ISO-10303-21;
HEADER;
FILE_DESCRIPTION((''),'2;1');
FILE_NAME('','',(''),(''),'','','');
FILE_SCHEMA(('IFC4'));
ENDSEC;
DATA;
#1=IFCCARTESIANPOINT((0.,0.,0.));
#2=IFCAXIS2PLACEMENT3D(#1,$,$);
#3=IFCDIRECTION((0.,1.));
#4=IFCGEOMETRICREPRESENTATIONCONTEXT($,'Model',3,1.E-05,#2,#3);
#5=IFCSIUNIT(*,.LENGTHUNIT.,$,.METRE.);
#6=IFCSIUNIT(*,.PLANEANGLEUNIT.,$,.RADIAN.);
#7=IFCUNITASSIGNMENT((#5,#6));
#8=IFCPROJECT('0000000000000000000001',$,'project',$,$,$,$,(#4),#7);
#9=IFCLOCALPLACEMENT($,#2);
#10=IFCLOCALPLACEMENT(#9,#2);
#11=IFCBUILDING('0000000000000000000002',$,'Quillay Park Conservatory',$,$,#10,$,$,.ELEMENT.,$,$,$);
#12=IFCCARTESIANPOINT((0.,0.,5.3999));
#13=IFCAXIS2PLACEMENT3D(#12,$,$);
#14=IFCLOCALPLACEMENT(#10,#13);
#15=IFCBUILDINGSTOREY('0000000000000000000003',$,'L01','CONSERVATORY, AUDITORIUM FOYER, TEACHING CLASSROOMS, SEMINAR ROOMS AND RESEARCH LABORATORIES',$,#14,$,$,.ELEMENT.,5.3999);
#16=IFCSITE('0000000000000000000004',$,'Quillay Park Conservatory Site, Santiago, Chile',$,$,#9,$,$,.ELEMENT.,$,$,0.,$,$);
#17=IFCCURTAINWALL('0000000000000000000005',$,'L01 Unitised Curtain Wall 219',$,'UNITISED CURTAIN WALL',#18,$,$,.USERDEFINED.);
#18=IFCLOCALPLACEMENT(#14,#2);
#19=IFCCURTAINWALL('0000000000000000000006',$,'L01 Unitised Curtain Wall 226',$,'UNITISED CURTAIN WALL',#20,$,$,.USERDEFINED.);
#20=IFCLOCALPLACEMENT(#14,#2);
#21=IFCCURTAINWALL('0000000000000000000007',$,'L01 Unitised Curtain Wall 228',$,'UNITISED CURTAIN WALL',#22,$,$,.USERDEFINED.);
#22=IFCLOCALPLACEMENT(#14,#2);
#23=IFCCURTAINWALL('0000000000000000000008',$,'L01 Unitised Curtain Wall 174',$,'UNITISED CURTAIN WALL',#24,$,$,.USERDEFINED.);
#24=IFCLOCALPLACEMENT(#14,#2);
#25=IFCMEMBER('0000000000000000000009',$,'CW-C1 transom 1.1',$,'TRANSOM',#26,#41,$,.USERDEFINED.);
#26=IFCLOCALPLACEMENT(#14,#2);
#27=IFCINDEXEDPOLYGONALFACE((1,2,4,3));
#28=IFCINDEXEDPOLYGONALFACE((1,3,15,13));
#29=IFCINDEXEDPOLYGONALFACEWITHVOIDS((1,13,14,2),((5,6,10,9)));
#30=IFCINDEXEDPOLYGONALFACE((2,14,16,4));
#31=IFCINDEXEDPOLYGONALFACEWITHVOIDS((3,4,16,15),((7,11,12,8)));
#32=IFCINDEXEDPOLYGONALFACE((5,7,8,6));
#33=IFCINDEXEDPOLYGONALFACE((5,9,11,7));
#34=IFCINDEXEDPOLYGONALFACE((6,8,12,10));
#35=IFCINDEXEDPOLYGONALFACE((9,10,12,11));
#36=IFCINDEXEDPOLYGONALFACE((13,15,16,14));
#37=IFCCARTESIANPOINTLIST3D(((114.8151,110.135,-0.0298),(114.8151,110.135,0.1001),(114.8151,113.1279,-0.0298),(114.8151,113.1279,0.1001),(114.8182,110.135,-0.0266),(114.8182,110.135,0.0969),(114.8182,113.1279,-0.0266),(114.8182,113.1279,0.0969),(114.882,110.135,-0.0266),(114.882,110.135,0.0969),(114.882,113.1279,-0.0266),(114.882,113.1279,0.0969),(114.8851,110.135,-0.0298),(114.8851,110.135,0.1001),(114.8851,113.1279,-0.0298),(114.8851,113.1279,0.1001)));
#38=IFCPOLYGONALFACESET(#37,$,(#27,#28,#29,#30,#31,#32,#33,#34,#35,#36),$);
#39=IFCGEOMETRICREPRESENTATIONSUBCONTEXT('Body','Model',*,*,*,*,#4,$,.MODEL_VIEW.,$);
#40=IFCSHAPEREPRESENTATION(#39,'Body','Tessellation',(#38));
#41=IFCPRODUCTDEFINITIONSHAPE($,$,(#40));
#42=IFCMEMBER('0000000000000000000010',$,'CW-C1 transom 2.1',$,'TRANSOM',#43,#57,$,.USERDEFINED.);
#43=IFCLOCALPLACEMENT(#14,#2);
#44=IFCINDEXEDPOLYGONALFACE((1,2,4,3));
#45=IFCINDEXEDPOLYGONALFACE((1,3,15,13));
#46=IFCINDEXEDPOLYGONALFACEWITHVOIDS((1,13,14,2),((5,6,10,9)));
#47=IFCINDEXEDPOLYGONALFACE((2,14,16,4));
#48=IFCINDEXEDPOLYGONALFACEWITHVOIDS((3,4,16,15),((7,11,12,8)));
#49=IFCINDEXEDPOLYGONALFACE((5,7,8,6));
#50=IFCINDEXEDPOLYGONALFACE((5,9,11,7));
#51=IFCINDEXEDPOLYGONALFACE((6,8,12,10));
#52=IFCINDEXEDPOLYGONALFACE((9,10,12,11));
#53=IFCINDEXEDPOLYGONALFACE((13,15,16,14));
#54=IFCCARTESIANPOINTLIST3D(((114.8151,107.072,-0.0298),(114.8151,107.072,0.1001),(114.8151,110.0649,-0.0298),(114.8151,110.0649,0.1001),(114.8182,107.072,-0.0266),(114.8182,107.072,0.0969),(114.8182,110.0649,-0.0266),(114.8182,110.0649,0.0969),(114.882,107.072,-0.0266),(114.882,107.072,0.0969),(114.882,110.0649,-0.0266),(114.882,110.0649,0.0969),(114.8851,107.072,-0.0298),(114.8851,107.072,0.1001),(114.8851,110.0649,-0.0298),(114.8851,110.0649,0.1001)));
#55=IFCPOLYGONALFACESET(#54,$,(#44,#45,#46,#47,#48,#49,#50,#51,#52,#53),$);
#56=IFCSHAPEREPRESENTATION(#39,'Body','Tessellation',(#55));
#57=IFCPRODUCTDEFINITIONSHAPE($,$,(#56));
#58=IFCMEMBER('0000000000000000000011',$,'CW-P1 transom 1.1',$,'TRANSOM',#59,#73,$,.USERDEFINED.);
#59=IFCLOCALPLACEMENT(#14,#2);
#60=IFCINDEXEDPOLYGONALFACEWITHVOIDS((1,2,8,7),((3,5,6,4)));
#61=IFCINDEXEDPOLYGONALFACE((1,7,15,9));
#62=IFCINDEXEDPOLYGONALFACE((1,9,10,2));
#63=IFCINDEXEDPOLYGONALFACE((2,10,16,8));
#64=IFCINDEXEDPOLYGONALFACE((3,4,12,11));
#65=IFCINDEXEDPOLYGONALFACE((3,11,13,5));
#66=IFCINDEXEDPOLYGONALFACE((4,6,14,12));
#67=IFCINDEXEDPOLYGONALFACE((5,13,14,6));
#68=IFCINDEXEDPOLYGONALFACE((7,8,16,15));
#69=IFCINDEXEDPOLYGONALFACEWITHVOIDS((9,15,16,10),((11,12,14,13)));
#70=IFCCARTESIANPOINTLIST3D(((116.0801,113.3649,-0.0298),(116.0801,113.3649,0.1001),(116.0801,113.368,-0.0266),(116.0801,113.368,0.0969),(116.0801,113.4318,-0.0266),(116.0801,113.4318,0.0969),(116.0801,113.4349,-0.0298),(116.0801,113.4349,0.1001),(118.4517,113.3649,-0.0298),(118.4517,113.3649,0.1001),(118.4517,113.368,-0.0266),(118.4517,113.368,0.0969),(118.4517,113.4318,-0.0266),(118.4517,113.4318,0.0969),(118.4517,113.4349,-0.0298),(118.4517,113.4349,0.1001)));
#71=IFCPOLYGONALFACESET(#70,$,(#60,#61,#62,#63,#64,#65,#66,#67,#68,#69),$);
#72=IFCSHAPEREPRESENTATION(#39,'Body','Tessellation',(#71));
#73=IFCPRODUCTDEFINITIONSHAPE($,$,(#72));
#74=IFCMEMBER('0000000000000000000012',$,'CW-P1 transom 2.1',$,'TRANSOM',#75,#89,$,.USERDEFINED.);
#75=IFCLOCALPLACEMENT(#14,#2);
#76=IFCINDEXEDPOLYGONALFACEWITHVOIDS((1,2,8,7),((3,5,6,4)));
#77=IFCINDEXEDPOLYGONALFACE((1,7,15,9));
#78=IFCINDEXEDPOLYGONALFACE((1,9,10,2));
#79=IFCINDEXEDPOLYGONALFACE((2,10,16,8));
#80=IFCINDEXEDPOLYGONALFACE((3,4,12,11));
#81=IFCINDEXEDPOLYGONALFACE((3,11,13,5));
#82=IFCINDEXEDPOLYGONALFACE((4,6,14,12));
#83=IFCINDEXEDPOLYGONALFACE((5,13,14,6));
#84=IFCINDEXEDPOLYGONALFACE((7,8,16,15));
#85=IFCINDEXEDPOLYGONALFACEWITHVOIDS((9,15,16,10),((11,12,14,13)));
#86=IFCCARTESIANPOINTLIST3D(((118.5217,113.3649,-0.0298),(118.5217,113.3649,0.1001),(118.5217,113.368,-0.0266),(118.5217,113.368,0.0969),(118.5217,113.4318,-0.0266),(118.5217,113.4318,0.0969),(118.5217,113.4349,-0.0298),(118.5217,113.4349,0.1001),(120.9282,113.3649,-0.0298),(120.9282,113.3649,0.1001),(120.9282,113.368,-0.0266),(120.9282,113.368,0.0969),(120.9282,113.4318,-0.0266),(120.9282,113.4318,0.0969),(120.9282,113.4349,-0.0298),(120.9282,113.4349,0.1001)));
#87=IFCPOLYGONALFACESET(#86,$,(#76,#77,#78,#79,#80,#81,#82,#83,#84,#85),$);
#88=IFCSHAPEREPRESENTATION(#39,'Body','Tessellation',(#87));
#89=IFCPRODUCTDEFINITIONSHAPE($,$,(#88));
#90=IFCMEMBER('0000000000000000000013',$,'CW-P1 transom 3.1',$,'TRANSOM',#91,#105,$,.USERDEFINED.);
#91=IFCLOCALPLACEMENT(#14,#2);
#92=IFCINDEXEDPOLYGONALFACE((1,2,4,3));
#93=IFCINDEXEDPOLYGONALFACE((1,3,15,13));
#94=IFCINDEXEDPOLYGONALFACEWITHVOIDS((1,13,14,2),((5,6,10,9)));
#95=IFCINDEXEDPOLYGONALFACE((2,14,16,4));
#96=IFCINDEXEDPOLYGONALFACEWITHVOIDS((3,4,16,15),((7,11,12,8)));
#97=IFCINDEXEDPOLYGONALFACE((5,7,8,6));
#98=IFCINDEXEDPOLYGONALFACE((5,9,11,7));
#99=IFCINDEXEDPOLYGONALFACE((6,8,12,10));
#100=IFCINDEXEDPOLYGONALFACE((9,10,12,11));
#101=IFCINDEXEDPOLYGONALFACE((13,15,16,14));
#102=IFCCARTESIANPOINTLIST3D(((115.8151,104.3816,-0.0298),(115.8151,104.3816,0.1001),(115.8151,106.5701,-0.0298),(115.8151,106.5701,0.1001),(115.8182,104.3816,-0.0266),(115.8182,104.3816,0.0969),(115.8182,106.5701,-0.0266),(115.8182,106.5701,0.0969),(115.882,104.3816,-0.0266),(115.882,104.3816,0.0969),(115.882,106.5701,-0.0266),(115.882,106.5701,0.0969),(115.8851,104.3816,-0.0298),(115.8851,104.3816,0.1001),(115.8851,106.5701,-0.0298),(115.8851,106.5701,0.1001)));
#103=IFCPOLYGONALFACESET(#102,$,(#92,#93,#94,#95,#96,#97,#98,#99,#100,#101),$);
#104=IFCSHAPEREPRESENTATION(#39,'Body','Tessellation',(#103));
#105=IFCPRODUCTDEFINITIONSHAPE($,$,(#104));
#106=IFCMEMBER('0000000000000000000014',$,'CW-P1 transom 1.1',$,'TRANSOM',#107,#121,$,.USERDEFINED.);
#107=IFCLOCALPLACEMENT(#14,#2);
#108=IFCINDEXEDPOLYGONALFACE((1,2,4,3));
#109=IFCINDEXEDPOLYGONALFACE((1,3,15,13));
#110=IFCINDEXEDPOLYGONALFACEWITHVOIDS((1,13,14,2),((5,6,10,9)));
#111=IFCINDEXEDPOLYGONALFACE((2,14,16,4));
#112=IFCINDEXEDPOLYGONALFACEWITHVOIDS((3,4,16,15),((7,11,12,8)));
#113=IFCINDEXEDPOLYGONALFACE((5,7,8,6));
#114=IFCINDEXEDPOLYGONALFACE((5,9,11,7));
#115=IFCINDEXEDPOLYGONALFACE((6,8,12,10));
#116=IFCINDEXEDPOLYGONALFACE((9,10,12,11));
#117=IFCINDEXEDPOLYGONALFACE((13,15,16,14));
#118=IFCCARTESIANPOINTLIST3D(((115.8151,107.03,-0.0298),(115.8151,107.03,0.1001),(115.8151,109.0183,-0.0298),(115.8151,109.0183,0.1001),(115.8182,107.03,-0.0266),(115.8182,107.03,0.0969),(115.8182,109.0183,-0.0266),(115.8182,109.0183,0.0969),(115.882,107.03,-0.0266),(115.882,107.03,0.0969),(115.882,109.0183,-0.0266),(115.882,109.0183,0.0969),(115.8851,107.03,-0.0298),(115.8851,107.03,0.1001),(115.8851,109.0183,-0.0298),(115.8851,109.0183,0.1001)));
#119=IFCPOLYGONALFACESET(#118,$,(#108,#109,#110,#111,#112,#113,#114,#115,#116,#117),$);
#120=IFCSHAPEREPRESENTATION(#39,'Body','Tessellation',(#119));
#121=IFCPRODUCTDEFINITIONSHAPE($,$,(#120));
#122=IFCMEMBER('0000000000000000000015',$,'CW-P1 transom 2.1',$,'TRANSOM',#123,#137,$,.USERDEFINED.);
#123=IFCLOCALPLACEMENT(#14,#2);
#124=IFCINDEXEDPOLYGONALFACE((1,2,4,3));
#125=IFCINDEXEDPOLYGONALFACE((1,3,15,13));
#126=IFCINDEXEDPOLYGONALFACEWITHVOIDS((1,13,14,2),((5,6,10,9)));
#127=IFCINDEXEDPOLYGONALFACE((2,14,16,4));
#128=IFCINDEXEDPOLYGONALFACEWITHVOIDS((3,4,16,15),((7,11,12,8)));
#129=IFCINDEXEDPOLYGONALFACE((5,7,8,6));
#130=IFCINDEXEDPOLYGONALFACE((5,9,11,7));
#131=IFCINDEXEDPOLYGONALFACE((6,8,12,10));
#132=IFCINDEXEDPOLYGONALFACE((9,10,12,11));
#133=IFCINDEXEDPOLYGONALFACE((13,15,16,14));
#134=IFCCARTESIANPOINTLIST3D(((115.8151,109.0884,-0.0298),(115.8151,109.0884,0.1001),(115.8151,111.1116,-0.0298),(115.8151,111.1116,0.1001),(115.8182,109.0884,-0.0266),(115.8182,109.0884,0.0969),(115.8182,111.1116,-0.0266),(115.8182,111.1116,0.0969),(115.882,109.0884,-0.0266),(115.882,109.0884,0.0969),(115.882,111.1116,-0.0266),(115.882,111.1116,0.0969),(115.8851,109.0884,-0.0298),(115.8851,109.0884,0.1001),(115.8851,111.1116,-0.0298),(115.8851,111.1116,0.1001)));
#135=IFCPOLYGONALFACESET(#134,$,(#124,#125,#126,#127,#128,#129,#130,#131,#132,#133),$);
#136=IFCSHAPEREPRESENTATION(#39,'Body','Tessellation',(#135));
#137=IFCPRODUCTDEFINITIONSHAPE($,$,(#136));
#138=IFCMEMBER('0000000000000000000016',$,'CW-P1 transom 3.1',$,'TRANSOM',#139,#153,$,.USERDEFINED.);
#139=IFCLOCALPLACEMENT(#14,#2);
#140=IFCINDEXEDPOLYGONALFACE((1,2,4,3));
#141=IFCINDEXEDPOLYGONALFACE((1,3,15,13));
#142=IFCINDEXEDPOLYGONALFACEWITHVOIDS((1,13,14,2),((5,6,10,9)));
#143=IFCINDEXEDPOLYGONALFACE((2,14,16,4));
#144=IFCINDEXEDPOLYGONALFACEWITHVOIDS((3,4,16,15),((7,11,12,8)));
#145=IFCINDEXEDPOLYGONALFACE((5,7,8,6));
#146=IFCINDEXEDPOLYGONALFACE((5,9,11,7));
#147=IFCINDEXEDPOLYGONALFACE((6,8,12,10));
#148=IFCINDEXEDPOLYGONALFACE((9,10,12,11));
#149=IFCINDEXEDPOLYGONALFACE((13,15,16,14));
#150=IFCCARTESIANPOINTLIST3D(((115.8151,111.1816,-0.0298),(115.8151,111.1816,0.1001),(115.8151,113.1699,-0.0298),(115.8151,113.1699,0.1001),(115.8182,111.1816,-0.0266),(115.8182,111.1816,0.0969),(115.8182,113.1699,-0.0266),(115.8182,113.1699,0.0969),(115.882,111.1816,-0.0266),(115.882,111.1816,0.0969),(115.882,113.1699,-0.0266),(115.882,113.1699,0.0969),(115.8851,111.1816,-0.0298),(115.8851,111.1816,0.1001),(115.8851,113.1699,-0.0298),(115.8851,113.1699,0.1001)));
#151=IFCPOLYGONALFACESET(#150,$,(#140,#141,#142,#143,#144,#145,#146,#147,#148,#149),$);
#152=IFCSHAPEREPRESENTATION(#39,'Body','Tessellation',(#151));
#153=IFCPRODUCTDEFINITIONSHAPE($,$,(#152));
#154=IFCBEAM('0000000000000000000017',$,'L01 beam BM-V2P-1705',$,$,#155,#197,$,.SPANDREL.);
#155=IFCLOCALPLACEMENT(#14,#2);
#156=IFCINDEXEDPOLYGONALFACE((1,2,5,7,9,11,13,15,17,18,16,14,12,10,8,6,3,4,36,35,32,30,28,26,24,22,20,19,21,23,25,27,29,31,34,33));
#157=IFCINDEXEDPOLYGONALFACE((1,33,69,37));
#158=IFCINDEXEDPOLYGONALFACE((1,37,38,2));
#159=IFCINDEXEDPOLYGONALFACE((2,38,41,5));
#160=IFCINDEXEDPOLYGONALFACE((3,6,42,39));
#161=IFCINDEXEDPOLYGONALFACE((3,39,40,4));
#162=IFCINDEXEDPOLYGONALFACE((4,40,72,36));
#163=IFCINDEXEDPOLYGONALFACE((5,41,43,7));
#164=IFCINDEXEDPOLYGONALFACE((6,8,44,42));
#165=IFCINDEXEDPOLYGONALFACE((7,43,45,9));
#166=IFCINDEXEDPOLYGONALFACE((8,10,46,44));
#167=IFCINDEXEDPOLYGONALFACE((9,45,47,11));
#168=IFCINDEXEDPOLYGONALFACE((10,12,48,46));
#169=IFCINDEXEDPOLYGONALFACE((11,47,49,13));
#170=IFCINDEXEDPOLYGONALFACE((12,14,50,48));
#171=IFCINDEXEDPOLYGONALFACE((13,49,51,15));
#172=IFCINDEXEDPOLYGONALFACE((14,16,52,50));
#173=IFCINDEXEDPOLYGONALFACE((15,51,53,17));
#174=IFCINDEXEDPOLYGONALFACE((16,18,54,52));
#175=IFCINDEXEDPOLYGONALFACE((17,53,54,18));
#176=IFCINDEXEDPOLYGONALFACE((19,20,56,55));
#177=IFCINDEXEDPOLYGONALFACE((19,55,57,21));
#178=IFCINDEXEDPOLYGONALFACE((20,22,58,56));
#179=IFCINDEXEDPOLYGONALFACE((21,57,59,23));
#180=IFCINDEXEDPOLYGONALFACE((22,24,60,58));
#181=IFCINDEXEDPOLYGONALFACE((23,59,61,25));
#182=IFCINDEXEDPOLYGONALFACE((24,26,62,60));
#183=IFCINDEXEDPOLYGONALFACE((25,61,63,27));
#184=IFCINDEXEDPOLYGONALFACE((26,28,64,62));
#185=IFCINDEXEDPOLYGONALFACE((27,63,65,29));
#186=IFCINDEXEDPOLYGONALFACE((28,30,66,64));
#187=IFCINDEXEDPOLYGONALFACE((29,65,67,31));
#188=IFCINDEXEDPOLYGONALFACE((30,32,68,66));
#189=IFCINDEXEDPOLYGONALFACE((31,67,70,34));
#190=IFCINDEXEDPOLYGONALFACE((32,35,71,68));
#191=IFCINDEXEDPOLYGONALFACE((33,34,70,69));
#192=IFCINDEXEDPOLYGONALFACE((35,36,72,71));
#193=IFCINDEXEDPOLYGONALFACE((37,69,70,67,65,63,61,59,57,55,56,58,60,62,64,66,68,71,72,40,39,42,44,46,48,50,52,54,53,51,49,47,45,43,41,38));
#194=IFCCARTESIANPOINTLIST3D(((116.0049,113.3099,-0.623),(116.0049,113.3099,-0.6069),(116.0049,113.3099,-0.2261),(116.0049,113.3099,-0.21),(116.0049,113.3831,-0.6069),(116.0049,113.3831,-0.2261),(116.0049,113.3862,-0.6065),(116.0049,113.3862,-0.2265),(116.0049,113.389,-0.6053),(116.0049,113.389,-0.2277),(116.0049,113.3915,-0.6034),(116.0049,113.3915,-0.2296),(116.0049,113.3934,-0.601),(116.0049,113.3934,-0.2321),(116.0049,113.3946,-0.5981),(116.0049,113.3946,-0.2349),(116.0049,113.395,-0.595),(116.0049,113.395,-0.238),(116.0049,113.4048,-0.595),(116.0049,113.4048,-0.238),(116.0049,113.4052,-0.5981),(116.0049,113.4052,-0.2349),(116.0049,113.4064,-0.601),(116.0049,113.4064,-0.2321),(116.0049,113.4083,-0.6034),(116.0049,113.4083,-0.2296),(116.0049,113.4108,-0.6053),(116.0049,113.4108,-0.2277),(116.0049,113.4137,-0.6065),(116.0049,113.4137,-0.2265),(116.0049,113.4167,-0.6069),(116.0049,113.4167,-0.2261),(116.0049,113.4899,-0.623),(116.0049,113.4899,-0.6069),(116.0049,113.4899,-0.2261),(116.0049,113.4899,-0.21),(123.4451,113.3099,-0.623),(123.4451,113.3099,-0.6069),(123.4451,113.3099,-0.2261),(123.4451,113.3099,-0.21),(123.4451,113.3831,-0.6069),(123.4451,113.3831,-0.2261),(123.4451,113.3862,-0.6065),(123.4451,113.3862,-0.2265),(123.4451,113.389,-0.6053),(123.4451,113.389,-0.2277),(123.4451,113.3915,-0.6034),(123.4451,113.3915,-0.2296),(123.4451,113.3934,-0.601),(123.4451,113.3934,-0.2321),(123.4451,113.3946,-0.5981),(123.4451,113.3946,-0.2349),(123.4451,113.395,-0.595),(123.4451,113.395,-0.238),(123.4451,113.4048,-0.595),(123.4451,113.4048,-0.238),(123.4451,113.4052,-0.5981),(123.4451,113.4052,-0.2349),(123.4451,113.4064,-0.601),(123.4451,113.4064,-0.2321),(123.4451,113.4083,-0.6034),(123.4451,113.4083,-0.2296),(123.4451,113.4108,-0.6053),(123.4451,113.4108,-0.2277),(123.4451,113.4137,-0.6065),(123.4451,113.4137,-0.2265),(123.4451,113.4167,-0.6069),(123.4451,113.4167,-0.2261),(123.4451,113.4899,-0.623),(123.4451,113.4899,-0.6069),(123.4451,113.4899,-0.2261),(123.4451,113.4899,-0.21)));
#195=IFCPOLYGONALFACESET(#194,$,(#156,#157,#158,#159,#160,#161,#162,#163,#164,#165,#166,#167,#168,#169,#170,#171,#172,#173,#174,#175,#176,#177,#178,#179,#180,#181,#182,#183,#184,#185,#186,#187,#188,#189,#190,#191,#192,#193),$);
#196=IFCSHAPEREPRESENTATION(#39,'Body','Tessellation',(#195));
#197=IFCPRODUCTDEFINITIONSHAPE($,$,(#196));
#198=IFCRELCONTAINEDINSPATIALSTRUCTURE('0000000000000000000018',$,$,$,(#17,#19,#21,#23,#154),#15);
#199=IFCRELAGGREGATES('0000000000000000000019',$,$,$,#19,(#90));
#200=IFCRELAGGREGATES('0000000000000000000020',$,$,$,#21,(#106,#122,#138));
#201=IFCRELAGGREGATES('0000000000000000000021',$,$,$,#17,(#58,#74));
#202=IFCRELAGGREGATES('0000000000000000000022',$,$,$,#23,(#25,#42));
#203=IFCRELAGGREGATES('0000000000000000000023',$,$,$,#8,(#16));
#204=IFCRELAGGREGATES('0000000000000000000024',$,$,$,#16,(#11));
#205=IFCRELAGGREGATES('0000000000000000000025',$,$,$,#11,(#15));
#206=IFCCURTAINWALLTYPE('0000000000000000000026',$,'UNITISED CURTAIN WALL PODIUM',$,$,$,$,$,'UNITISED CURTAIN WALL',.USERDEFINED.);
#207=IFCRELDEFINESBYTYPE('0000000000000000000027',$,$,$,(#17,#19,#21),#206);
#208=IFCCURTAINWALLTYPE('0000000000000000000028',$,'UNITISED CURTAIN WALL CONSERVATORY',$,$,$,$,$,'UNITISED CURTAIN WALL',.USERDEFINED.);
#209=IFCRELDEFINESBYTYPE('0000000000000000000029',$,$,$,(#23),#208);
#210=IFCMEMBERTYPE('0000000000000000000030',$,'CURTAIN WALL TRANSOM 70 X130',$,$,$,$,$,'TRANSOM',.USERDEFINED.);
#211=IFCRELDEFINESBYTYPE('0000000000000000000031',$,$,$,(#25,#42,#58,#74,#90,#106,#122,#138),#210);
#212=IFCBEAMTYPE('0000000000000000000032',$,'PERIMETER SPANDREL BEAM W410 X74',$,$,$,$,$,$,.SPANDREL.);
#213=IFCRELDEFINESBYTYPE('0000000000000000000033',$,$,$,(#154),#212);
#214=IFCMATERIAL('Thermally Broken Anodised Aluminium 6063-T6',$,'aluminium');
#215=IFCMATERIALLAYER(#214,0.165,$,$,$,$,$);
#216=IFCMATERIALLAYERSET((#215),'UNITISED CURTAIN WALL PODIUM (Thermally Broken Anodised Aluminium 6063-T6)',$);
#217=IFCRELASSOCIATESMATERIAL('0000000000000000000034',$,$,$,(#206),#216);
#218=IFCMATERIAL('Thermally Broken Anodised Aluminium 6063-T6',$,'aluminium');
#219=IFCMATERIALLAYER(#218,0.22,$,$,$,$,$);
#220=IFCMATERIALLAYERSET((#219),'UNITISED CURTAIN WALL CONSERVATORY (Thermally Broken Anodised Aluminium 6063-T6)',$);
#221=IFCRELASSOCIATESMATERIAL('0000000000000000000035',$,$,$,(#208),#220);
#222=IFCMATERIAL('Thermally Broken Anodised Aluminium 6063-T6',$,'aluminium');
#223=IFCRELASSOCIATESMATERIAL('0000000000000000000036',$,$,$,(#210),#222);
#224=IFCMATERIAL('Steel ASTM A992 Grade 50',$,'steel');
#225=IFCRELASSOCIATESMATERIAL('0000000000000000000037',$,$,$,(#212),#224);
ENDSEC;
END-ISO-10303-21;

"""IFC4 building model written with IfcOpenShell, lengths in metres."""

from ifc_helpers import new_model, si_unit, direction, frame, origin, origin_2d, place, context, subcontext, project, spatial, hollow_rectangle, i_section, extrude, material, layer, layer_set, material_profile, profile_set, type_object, element, aggregate, save


model = new_model("IFC4")

# Units and contexts
model_context = context("Model", 3, precision=1e-05, world=origin(), true_north=direction((0.0, 1.0)))
body_context = subcontext(model_context, "Body", "Model", "MODEL_VIEW")
ifc_project = project(units=[si_unit("LENGTHUNIT", "METRE"), si_unit("PLANEANGLEUNIT", "RADIAN")], contexts=[model_context])

# Site, building, storey
site_placement = place(None, origin())
site = spatial("IfcSite", under=ifc_project, at=site_placement, Name="Quillay Park Conservatory Site, Santiago, Chile", CompositionType="ELEMENT", RefElevation=0.0)
building_placement = place(site_placement, origin())
building = spatial("IfcBuilding", under=site, at=building_placement, Name="Quillay Park Conservatory", CompositionType="ELEMENT")
storey_placement = place(building_placement, frame((0.0, 0.0, 5.3999)))
storey = spatial("IfcBuildingStorey", under=building, at=storey_placement, Name="L01", Description="CONSERVATORY, AUDITORIUM FOYER, TEACHING CLASSROOMS, SEMINAR ROOMS AND RESEARCH LABORATORIES", CompositionType="ELEMENT", Elevation=5.3999)

# Curtain walls
ifc_material_1 = material(Name="Thermally Broken Anodised Aluminium 6063-T6", Category="aluminium")
ifc_layer_1 = layer(ifc_material_1, 0.165)
ifc_layer_set_1 = layer_set([ifc_layer_1], Name="UNITISED CURTAIN WALL PODIUM (Thermally Broken Anodised Aluminium 6063-T6)")
curtain_wall_type_1 = type_object("IfcCurtainWallType", Name="UNITISED CURTAIN WALL PODIUM", ElementType="UNITISED CURTAIN WALL", PredefinedType="USERDEFINED", material=ifc_layer_set_1)
curtain_wall_1_placement = place(storey_placement, origin())
curtain_wall_1 = element("IfcCurtainWall", 1, at=curtain_wall_1_placement, inside=storey, type_object=curtain_wall_type_1, Name="L01 Unitised Curtain Wall 219", ObjectType="UNITISED CURTAIN WALL", PredefinedType="USERDEFINED")
curtain_wall_2_placement = place(storey_placement, origin())
curtain_wall_2 = element("IfcCurtainWall", 2, at=curtain_wall_2_placement, inside=storey, type_object=curtain_wall_type_1, Name="L01 Unitised Curtain Wall 226", ObjectType="UNITISED CURTAIN WALL", PredefinedType="USERDEFINED")
curtain_wall_3_placement = place(storey_placement, origin())
curtain_wall_3 = element("IfcCurtainWall", 3, at=curtain_wall_3_placement, inside=storey, type_object=curtain_wall_type_1, Name="L01 Unitised Curtain Wall 228", ObjectType="UNITISED CURTAIN WALL", PredefinedType="USERDEFINED")
ifc_material_2 = material(Name="Thermally Broken Anodised Aluminium 6063-T6", Category="aluminium")
ifc_layer_2 = layer(ifc_material_2, 0.22)
ifc_layer_set_2 = layer_set([ifc_layer_2], Name="UNITISED CURTAIN WALL CONSERVATORY (Thermally Broken Anodised Aluminium 6063-T6)")
curtain_wall_type_2 = type_object("IfcCurtainWallType", Name="UNITISED CURTAIN WALL CONSERVATORY", ElementType="UNITISED CURTAIN WALL", PredefinedType="USERDEFINED", material=ifc_layer_set_2)
curtain_wall_4_placement = place(storey_placement, origin())
curtain_wall_4 = element("IfcCurtainWall", 4, at=curtain_wall_4_placement, inside=storey, type_object=curtain_wall_type_2, Name="L01 Unitised Curtain Wall 174", ObjectType="UNITISED CURTAIN WALL", PredefinedType="USERDEFINED")

# Members
ifc_material_3 = material(Name="Thermally Broken Anodised Aluminium 6063-T6", Category="aluminium")
ifc_material_profile_1 = material_profile(ifc_material_3, hollow_rectangle(XDim=0.0701, YDim=0.1299, WallThickness=0.0032, at=origin_2d()), Name="AL70x130x3.2")
ifc_profile_set_1 = profile_set([ifc_material_profile_1], Name="Thermally Broken Anodised Aluminium 6063-T6")
member_type_1 = type_object("IfcMemberType", Name="CURTAIN WALL TRANSOM 70 X130", ElementType="TRANSOM", PredefinedType="USERDEFINED", material=ifc_profile_set_1)
member_1_placement = place(storey_placement, frame((114.8501, 113.1279, 0.0352), z_axis=(0.0, -1.0, 0.0), x_axis=(1.0, 0.0, 0.0)))
member_1 = element("IfcMember", 5, at=member_1_placement, type_object=member_type_1, Name="CW-C1 transom 1.1", ObjectType="TRANSOM", PredefinedType="USERDEFINED", context=body_context, shape_type="SweptSolid", body=[
    extrude(hollow_rectangle(XDim=0.0701, YDim=0.1299, WallThickness=0.0032, at=origin_2d()), origin(), (0.0, 0.0, 1.0), 2.9929),
])
member_2_placement = place(storey_placement, frame((114.8501, 110.0649, 0.0352), z_axis=(0.0, -1.0, 0.0), x_axis=(1.0, 0.0, 0.0)))
member_2 = element("IfcMember", 6, at=member_2_placement, type_object=member_type_1, Name="CW-C1 transom 2.1", ObjectType="TRANSOM", PredefinedType="USERDEFINED", context=body_context, shape_type="SweptSolid", body=[
    extrude(hollow_rectangle(XDim=0.0701, YDim=0.1299, WallThickness=0.0032, at=origin_2d()), origin(), (0.0, 0.0, 1.0), 2.9929),
])
member_3_placement = place(storey_placement, frame((116.0801, 113.3999, 0.0352), z_axis=(1.0, 0.0, 0.0), x_axis=(0.0, 1.0, 0.0)))
member_3 = element("IfcMember", 7, at=member_3_placement, type_object=member_type_1, Name="CW-P1 transom 1.1", ObjectType="TRANSOM", PredefinedType="USERDEFINED", context=body_context, shape_type="SweptSolid", body=[
    extrude(hollow_rectangle(XDim=0.0701, YDim=0.1299, WallThickness=0.0032, at=origin_2d()), origin(), (0.0, 0.0, 1.0), 2.3716),
])
member_4_placement = place(storey_placement, frame((118.5217, 113.3999, 0.0352), z_axis=(1.0, 0.0, 0.0), x_axis=(0.0, 1.0, 0.0)))
member_4 = element("IfcMember", 8, at=member_4_placement, type_object=member_type_1, Name="CW-P1 transom 2.1", ObjectType="TRANSOM", PredefinedType="USERDEFINED", context=body_context, shape_type="SweptSolid", body=[
    extrude(hollow_rectangle(XDim=0.0701, YDim=0.1299, WallThickness=0.0032, at=origin_2d()), origin(), (0.0, 0.0, 1.0), 2.4065),
])
member_5_placement = place(storey_placement, frame((115.8501, 104.3816, 0.0352), z_axis=(0.0, 1.0, 0.0), x_axis=(-1.0, 0.0, 0.0)))
member_5 = element("IfcMember", 9, at=member_5_placement, type_object=member_type_1, Name="CW-P1 transom 3.1", ObjectType="TRANSOM", PredefinedType="USERDEFINED", context=body_context, shape_type="SweptSolid", body=[
    extrude(hollow_rectangle(XDim=0.0701, YDim=0.1299, WallThickness=0.0032, at=origin_2d()), origin(), (0.0, 0.0, 1.0), 2.1885),
])
aggregate(curtain_wall_2, [member_5])
member_6_placement = place(storey_placement, frame((115.8501, 107.03, 0.0352), z_axis=(0.0, 1.0, 0.0), x_axis=(-1.0, 0.0, 0.0)))
member_6 = element("IfcMember", 10, at=member_6_placement, type_object=member_type_1, Name="CW-P1 transom 1.1", ObjectType="TRANSOM", PredefinedType="USERDEFINED", context=body_context, shape_type="SweptSolid", body=[
    extrude(hollow_rectangle(XDim=0.0701, YDim=0.1299, WallThickness=0.0032, at=origin_2d()), origin(), (0.0, 0.0, 1.0), 1.9883),
])
member_7_placement = place(storey_placement, frame((115.8501, 109.0884, 0.0352), z_axis=(0.0, 1.0, 0.0), x_axis=(-1.0, 0.0, 0.0)))
member_7 = element("IfcMember", 11, at=member_7_placement, type_object=member_type_1, Name="CW-P1 transom 2.1", ObjectType="TRANSOM", PredefinedType="USERDEFINED", context=body_context, shape_type="SweptSolid", body=[
    extrude(hollow_rectangle(XDim=0.0701, YDim=0.1299, WallThickness=0.0032, at=origin_2d()), origin(), (0.0, 0.0, 1.0), 2.0232),
])
member_8_placement = place(storey_placement, frame((115.8501, 111.1816, 0.0352), z_axis=(0.0, 1.0, 0.0), x_axis=(-1.0, 0.0, 0.0)))
member_8 = element("IfcMember", 12, at=member_8_placement, type_object=member_type_1, Name="CW-P1 transom 3.1", ObjectType="TRANSOM", PredefinedType="USERDEFINED", context=body_context, shape_type="SweptSolid", body=[
    extrude(hollow_rectangle(XDim=0.0701, YDim=0.1299, WallThickness=0.0032, at=origin_2d()), origin(), (0.0, 0.0, 1.0), 1.9883),
])
aggregate(curtain_wall_3, [member_6, member_7, member_8])

# Beam
ifc_material_4 = material(Name="Steel ASTM A992 Grade 50", Category="steel")
ifc_material_profile_2 = material_profile(ifc_material_4, i_section(OverallWidth=0.1799, OverallDepth=0.4131, WebThickness=0.0098, FlangeThickness=0.0161, FilletRadius=0.012, at=origin_2d()), Name="W410x74")
ifc_profile_set_2 = profile_set([ifc_material_profile_2], Name="Steel ASTM A992 Grade 50")
beam_type_1 = type_object("IfcBeamType", Name="PERIMETER SPANDREL BEAM W410 X74", PredefinedType="SPANDREL", material=ifc_profile_set_2)
beam_1_placement = place(storey_placement, frame((116.0049, 113.3999, -0.4165), z_axis=(1.0, 0.0, 0.0), x_axis=(0.0, 1.0, 0.0)))
element("IfcBeam", 13, at=beam_1_placement, inside=storey, type_object=beam_type_1, Name="L01 beam BM-V2P-1705", PredefinedType="SPANDREL", context=body_context, shape_type="SweptSolid", body=[
    extrude(i_section(OverallWidth=0.1799, OverallDepth=0.4131, WebThickness=0.0098, FlangeThickness=0.0161, FilletRadius=0.012, at=origin_2d()), origin(), (0.0, 0.0, 1.0), 7.4402),
])

aggregate(curtain_wall_1, [member_3, member_4])
aggregate(curtain_wall_4, [member_1, member_2])

save(model, "model.ifc")
